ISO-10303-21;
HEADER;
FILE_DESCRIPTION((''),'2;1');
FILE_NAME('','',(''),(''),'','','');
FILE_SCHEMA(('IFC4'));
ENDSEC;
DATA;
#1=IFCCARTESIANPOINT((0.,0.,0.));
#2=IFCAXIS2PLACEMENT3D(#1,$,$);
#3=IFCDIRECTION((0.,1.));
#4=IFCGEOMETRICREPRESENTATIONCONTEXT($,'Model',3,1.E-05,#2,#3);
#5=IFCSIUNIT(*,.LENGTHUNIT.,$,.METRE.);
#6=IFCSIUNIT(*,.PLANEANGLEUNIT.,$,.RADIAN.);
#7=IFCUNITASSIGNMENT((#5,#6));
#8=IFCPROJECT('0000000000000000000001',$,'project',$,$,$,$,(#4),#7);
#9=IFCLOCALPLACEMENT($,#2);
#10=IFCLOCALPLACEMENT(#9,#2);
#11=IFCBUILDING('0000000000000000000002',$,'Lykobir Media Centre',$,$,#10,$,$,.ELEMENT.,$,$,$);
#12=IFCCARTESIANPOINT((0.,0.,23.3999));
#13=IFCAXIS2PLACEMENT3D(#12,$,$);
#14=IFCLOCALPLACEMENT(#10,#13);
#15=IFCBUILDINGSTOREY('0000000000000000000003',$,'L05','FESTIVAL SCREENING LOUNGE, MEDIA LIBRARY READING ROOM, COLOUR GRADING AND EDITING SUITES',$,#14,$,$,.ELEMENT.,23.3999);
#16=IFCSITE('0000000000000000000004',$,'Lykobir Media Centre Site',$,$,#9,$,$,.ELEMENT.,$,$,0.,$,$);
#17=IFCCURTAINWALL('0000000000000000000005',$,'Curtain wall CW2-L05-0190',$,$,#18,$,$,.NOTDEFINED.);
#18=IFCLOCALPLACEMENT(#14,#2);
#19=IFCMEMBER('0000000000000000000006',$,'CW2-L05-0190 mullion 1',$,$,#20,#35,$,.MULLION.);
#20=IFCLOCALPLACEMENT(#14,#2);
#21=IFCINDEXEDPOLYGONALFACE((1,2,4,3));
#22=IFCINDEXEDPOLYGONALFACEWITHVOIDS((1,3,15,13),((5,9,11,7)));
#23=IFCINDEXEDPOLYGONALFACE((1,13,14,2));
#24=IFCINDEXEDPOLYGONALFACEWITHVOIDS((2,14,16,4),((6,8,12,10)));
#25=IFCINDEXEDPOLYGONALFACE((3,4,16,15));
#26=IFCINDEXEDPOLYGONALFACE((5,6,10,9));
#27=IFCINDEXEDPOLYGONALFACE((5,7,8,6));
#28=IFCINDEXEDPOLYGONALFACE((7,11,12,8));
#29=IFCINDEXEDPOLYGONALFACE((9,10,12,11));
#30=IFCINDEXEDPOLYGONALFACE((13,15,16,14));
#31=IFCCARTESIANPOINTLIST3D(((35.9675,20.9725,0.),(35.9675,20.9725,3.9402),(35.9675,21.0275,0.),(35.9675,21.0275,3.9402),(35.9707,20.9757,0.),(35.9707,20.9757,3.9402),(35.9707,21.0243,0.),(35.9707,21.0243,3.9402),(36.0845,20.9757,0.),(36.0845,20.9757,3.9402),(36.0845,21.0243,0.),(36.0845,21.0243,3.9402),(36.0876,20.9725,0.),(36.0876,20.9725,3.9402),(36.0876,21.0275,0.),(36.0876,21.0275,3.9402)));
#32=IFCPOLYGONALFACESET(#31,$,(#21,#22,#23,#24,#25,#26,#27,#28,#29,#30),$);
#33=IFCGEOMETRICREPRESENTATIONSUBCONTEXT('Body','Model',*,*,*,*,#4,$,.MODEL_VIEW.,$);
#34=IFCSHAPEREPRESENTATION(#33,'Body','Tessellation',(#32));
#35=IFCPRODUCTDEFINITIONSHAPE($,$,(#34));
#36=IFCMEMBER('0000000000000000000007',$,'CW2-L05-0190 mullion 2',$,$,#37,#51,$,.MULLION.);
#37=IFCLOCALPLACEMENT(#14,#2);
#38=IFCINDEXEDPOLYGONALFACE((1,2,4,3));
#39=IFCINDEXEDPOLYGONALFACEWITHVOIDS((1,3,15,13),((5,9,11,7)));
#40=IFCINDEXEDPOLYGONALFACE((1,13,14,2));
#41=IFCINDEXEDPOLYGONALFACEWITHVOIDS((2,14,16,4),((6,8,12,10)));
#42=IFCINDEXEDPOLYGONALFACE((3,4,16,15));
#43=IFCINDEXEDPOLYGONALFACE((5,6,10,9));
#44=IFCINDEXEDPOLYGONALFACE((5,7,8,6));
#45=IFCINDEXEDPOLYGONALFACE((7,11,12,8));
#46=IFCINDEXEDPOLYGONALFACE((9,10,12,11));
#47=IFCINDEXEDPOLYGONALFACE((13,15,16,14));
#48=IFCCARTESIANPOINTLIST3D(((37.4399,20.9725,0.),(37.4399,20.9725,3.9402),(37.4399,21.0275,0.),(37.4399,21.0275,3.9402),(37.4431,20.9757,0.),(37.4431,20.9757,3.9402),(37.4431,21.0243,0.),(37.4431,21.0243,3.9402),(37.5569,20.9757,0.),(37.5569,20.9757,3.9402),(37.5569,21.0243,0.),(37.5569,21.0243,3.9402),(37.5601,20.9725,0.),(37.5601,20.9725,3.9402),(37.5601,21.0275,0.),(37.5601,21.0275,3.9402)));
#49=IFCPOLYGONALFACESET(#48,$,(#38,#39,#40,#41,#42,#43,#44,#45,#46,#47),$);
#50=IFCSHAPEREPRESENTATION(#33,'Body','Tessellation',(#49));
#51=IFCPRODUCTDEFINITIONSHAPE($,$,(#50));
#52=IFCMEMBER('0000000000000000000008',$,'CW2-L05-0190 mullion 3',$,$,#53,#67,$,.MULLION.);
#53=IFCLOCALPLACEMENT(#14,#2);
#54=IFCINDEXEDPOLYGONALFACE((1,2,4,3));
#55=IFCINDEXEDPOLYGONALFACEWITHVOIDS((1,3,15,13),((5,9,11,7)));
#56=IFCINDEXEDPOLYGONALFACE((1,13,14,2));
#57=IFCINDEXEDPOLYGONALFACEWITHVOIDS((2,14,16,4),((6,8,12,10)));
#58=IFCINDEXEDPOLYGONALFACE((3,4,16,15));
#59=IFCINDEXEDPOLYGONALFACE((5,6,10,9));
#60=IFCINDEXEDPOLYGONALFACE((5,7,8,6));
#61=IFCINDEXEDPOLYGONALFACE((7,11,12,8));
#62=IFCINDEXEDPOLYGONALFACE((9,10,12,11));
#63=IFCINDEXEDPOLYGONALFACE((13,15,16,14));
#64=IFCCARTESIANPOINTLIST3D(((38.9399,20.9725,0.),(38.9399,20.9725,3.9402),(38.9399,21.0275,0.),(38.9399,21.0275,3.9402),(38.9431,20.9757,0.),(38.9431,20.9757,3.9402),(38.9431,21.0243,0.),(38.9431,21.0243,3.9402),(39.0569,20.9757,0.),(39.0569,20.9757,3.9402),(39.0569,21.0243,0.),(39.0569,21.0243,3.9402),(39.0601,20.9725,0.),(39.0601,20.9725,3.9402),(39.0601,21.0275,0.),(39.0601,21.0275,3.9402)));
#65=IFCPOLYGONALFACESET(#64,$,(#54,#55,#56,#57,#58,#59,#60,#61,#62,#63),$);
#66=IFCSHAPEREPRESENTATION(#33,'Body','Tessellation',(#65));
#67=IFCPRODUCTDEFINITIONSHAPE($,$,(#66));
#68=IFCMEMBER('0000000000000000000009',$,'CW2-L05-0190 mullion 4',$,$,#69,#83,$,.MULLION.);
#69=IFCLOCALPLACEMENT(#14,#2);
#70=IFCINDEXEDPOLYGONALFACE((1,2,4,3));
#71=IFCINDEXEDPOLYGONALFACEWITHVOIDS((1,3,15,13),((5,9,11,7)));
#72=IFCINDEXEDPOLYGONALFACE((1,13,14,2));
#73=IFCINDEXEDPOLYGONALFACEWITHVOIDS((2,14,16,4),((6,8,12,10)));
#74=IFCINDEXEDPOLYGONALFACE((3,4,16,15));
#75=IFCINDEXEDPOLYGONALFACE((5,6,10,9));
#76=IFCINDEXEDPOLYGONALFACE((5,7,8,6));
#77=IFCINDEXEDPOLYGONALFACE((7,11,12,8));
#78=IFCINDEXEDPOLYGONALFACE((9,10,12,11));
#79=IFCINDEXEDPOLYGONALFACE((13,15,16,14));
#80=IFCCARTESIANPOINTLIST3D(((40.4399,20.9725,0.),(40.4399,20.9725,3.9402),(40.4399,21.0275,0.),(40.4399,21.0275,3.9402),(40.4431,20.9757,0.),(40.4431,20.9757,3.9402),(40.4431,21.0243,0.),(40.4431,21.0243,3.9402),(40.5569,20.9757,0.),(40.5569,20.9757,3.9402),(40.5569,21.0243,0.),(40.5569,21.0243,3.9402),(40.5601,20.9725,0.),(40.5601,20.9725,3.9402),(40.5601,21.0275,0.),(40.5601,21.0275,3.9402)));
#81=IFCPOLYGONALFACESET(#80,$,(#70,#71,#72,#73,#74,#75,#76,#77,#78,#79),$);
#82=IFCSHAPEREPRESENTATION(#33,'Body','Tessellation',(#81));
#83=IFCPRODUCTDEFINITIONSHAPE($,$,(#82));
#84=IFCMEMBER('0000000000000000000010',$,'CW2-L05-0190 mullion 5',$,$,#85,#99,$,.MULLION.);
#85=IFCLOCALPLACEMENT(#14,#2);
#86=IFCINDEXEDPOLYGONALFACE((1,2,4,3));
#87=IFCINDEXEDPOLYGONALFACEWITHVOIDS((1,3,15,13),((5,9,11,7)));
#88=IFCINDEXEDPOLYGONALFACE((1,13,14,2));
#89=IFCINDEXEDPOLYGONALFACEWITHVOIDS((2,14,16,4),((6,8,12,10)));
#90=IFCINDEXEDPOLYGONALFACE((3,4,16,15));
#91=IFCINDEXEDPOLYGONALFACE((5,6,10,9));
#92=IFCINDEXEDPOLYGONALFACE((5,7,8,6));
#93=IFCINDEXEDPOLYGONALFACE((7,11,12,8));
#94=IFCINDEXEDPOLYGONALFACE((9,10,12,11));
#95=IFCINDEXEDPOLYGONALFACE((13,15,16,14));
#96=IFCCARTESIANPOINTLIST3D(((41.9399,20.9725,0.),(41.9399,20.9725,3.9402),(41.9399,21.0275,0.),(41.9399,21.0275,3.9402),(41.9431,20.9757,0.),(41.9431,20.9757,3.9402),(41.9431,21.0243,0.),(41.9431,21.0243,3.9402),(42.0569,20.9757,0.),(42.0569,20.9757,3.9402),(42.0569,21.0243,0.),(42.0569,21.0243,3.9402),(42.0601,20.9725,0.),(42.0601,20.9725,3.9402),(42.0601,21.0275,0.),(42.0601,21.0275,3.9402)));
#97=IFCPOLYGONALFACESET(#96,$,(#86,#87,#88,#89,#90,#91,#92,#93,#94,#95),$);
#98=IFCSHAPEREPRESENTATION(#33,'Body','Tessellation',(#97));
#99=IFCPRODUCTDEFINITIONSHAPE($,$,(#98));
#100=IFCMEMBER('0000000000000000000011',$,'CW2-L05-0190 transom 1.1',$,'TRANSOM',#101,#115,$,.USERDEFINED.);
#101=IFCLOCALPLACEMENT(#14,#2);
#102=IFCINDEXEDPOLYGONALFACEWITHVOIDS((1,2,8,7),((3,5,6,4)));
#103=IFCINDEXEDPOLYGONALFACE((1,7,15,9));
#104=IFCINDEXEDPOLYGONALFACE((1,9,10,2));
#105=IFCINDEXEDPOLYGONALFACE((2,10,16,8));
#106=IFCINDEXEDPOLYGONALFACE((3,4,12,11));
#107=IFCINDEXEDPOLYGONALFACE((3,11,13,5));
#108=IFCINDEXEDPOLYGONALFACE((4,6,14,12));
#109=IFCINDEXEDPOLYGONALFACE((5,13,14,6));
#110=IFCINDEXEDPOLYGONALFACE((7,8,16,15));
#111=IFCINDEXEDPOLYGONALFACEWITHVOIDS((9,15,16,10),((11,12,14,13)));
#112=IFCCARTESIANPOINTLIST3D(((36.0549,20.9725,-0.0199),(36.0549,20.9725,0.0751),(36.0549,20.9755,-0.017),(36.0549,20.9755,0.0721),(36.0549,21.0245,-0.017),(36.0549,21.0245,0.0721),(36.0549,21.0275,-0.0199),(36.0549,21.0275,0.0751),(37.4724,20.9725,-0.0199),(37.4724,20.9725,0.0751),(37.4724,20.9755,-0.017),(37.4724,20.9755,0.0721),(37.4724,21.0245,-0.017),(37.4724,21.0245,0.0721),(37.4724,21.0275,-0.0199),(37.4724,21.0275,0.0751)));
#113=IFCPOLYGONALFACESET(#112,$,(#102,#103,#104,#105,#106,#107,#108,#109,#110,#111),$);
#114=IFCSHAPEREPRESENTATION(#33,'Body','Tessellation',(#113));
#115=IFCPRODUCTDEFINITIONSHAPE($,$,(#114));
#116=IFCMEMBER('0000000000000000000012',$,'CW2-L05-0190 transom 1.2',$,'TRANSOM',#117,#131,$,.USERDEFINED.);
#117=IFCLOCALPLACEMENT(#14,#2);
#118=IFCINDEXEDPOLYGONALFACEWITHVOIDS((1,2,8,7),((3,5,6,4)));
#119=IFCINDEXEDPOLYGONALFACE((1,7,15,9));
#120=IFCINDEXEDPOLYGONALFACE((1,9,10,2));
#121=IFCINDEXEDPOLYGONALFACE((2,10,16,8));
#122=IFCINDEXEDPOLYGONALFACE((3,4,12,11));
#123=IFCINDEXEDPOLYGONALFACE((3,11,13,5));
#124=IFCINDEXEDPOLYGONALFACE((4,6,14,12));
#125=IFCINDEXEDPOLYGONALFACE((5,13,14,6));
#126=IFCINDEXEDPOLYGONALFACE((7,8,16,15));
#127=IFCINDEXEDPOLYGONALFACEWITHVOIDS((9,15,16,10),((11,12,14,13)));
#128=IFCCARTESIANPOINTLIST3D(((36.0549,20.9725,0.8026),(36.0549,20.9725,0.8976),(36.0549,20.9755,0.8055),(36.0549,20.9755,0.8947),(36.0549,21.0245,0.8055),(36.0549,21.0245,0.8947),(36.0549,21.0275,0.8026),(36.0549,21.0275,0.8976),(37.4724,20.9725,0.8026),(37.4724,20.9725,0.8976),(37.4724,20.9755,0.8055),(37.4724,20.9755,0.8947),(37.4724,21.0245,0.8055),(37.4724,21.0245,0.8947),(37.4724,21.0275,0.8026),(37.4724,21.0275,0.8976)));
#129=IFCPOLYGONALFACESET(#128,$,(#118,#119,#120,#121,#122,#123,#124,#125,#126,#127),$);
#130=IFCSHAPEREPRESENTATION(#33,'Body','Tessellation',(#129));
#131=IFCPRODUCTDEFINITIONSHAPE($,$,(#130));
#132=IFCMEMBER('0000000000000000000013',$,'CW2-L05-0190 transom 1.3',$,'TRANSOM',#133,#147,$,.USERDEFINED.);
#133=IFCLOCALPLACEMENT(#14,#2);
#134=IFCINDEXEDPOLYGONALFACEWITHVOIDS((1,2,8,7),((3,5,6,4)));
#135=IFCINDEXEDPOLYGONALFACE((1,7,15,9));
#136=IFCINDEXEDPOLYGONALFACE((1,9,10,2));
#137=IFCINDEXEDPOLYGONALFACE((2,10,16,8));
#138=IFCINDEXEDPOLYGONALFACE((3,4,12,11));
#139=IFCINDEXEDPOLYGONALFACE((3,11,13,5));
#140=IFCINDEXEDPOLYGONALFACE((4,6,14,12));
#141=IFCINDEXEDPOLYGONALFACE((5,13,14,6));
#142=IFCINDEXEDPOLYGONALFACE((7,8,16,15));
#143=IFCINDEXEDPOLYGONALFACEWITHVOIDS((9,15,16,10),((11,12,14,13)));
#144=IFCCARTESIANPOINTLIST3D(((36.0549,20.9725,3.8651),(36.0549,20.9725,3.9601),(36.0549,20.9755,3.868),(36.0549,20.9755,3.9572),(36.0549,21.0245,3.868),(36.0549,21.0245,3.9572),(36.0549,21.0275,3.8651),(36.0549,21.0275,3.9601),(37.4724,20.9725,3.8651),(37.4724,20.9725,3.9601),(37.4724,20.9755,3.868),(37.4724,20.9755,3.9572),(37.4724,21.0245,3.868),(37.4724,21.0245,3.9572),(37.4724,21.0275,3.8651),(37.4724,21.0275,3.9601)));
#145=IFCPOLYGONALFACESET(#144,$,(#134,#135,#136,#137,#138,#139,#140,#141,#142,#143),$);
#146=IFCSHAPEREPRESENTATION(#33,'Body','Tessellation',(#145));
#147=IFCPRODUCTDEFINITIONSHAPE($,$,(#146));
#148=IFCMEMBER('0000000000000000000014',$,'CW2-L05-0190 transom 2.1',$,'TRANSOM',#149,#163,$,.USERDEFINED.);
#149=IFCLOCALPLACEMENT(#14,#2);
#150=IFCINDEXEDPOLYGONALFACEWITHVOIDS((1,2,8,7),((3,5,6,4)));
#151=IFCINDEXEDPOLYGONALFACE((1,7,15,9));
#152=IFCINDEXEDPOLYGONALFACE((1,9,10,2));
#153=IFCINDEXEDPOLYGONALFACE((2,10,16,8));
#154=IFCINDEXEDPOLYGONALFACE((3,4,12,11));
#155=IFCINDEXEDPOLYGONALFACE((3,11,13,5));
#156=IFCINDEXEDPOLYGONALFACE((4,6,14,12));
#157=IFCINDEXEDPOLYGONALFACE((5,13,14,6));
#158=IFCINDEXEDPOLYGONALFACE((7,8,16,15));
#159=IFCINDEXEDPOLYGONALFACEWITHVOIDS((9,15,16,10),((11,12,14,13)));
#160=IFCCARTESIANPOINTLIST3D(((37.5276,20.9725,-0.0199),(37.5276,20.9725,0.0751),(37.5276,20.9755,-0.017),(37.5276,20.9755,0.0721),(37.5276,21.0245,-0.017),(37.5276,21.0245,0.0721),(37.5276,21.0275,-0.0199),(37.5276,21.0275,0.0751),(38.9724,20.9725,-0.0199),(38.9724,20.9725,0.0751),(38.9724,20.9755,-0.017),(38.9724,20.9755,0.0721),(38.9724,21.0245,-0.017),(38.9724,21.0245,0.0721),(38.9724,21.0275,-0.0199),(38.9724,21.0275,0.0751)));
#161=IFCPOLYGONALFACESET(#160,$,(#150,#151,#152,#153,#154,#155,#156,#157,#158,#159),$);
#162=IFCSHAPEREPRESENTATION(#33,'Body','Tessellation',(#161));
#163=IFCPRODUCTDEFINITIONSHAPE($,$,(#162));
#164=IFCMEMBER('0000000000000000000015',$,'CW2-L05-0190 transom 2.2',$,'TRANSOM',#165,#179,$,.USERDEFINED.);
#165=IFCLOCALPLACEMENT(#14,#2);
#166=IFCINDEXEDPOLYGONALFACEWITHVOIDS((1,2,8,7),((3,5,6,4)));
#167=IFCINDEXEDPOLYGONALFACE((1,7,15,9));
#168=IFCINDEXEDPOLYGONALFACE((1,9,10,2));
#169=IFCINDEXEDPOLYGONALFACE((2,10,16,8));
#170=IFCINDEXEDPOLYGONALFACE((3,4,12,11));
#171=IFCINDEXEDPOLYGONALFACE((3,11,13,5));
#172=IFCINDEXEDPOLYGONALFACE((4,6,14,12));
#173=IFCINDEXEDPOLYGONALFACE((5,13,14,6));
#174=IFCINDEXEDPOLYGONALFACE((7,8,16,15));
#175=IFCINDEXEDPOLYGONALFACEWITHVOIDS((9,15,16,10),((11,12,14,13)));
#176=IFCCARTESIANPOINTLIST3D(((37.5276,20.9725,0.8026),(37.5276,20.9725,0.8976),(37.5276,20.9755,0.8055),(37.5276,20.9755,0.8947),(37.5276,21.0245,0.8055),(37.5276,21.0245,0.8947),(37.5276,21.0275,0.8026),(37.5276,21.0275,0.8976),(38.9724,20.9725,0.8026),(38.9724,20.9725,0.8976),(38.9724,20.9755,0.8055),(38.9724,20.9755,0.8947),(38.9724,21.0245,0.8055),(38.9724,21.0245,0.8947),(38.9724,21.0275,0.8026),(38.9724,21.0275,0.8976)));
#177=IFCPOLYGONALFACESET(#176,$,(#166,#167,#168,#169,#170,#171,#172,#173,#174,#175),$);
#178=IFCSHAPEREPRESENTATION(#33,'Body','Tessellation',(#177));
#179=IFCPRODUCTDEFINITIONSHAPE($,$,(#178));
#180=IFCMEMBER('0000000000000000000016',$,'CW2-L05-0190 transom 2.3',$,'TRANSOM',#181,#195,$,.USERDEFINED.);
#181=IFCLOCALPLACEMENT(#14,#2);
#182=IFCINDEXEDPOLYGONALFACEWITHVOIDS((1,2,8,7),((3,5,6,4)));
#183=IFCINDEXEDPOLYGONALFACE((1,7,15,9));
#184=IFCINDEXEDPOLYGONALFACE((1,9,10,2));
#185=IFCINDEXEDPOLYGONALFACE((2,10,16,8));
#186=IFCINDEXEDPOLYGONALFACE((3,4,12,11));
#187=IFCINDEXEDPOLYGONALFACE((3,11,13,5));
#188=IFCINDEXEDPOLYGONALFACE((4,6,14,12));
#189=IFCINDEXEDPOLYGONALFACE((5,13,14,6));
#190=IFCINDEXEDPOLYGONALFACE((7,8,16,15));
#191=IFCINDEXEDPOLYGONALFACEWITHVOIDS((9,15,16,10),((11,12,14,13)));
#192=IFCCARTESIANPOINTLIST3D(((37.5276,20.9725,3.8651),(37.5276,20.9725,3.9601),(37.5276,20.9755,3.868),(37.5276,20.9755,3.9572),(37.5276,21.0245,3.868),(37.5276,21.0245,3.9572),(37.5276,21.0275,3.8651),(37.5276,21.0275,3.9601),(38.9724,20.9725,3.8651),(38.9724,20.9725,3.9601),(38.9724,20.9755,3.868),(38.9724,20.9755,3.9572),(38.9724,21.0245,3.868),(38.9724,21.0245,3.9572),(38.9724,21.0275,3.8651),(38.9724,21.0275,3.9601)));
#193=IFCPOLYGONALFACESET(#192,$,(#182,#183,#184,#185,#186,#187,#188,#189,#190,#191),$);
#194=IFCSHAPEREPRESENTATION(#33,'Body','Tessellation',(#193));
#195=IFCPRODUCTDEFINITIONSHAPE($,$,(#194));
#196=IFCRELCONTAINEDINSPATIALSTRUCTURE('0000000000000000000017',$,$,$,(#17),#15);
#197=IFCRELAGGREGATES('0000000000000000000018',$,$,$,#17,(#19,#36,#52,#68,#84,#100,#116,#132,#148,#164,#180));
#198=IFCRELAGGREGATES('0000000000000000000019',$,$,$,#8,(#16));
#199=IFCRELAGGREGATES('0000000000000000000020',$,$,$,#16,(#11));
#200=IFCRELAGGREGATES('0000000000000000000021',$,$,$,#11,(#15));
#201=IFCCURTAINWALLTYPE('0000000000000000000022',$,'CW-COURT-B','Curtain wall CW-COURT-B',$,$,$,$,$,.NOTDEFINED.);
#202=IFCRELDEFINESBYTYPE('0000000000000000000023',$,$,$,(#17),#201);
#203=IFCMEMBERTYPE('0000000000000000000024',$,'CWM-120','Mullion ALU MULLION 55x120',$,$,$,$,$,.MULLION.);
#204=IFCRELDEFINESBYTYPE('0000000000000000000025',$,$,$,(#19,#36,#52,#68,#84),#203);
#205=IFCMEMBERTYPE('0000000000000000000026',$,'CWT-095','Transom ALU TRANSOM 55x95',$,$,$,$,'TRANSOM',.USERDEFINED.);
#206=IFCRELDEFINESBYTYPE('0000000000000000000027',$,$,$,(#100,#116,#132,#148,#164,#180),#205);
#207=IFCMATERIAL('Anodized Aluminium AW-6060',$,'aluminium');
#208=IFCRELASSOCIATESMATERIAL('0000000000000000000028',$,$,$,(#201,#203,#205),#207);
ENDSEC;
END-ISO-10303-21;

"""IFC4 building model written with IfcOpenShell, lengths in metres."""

from ifc_helpers import new_model, si_unit, direction, frame, origin, origin_2d, place, context, subcontext, project, spatial, hollow_rectangle, extrude, material, material_profile, profile_set, type_object, element, aggregate, save


model = new_model("IFC4")

# Units and contexts
model_context = context("Model", 3, precision=1e-05, world=origin(), true_north=direction((0.0, 1.0)))
body_context = subcontext(model_context, "Body", "Model", "MODEL_VIEW")
ifc_project = project(units=[si_unit("LENGTHUNIT", "METRE"), si_unit("PLANEANGLEUNIT", "RADIAN")], contexts=[model_context])

# Site, building, storey
site_placement = place(None, origin())
site = spatial("IfcSite", under=ifc_project, at=site_placement, Name="Lykobir Media Centre Site", CompositionType="ELEMENT", RefElevation=0.0)
building_placement = place(site_placement, origin())
building = spatial("IfcBuilding", under=site, at=building_placement, Name="Lykobir Media Centre", CompositionType="ELEMENT")
storey_placement = place(building_placement, frame((0.0, 0.0, 23.3999)))
storey = spatial("IfcBuildingStorey", under=building, at=storey_placement, Name="L05", Description="FESTIVAL SCREENING LOUNGE, MEDIA LIBRARY READING ROOM, COLOUR GRADING AND EDITING SUITES", CompositionType="ELEMENT", Elevation=23.3999)

# Curtain wall, members
ifc_material_1 = material(Name="Anodized Aluminium AW-6060", Category="aluminium")
curtain_wall_type = type_object("IfcCurtainWallType", Name="CW-COURT-B", Description="Curtain wall CW-COURT-B", PredefinedType="NOTDEFINED", material=ifc_material_1)
curtain_wall_placement = place(storey_placement, origin())
curtain_wall = element("IfcCurtainWall", 1, at=curtain_wall_placement, inside=storey, type_object=curtain_wall_type, Name="Curtain wall CW2-L05-0190", PredefinedType="NOTDEFINED")
ifc_material_profile_1 = material_profile(ifc_material_1, hollow_rectangle(XDim=0.0549, YDim=0.1201, WallThickness=0.0032, at=origin_2d()), Name="ALU MULLION 55x120")
ifc_profile_set_1 = profile_set([ifc_material_profile_1], Name="Anodized Aluminium AW-6060")
member_type_1 = type_object("IfcMemberType", Name="CWM-120", Description="Mullion ALU MULLION 55x120", PredefinedType="MULLION", material=ifc_profile_set_1)
member_1_placement = place(storey_placement, frame((36.0276, 21.0, 0.0), z_axis=(0.0, 0.0, 1.0), x_axis=(0.0, 1.0, 0.0)))
member_1 = element("IfcMember", 2, at=member_1_placement, type_object=member_type_1, Name="CW2-L05-0190 mullion 1", PredefinedType="MULLION", context=body_context, shape_type="SweptSolid", body=[
    extrude(hollow_rectangle(XDim=0.0549, YDim=0.1201, WallThickness=0.0032, at=origin_2d()), origin(), (0.0, 0.0, 1.0), 3.9402),
])
member_2_placement = place(storey_placement, frame((37.5, 21.0, 0.0), z_axis=(0.0, 0.0, 1.0), x_axis=(0.0, 1.0, 0.0)))
member_2 = element("IfcMember", 3, at=member_2_placement, type_object=member_type_1, Name="CW2-L05-0190 mullion 2", PredefinedType="MULLION", context=body_context, shape_type="SweptSolid", body=[
    extrude(hollow_rectangle(XDim=0.0549, YDim=0.1201, WallThickness=0.0032, at=origin_2d()), origin(), (0.0, 0.0, 1.0), 3.9402),
])
member_3_placement = place(storey_placement, frame((39.0, 21.0, 0.0), z_axis=(0.0, 0.0, 1.0), x_axis=(0.0, 1.0, 0.0)))
member_3 = element("IfcMember", 4, at=member_3_placement, type_object=member_type_1, Name="CW2-L05-0190 mullion 3", PredefinedType="MULLION", context=body_context, shape_type="SweptSolid", body=[
    extrude(hollow_rectangle(XDim=0.0549, YDim=0.1201, WallThickness=0.0032, at=origin_2d()), origin(), (0.0, 0.0, 1.0), 3.9402),
])
member_4_placement = place(storey_placement, frame((40.5, 21.0, 0.0), z_axis=(0.0, 0.0, 1.0), x_axis=(0.0, 1.0, 0.0)))
member_4 = element("IfcMember", 5, at=member_4_placement, type_object=member_type_1, Name="CW2-L05-0190 mullion 4", PredefinedType="MULLION", context=body_context, shape_type="SweptSolid", body=[
    extrude(hollow_rectangle(XDim=0.0549, YDim=0.1201, WallThickness=0.0032, at=origin_2d()), origin(), (0.0, 0.0, 1.0), 3.9402),
])
member_5_placement = place(storey_placement, frame((42.0, 21.0, 0.0), z_axis=(0.0, 0.0, 1.0), x_axis=(0.0, 1.0, 0.0)))
member_5 = element("IfcMember", 6, at=member_5_placement, type_object=member_type_1, Name="CW2-L05-0190 mullion 5", PredefinedType="MULLION", context=body_context, shape_type="SweptSolid", body=[
    extrude(hollow_rectangle(XDim=0.0549, YDim=0.1201, WallThickness=0.0032, at=origin_2d()), origin(), (0.0, 0.0, 1.0), 3.9402),
])
ifc_material_profile_2 = material_profile(ifc_material_1, hollow_rectangle(XDim=0.0549, YDim=0.095, WallThickness=0.0029, at=origin_2d()), Name="ALU TRANSOM 55x95")
ifc_profile_set_2 = profile_set([ifc_material_profile_2], Name="Anodized Aluminium AW-6060")
member_type_2 = type_object("IfcMemberType", Name="CWT-095", Description="Transom ALU TRANSOM 55x95", ElementType="TRANSOM", PredefinedType="USERDEFINED", material=ifc_profile_set_2)
member_6_placement = place(storey_placement, frame((36.0549, 21.0, 0.0276), z_axis=(1.0, 0.0, 0.0), x_axis=(0.0, 1.0, 0.0)))
member_6 = element("IfcMember", 7, at=member_6_placement, type_object=member_type_2, Name="CW2-L05-0190 transom 1.1", ObjectType="TRANSOM", PredefinedType="USERDEFINED", context=body_context, shape_type="SweptSolid", body=[
    extrude(hollow_rectangle(XDim=0.0549, YDim=0.095, WallThickness=0.0029, at=origin_2d()), origin(), (0.0, 0.0, 1.0), 1.4175),
])
member_7_placement = place(storey_placement, frame((36.0549, 21.0, 0.8501), z_axis=(1.0, 0.0, 0.0), x_axis=(0.0, 1.0, 0.0)))
member_7 = element("IfcMember", 8, at=member_7_placement, type_object=member_type_2, Name="CW2-L05-0190 transom 1.2", ObjectType="TRANSOM", PredefinedType="USERDEFINED", context=body_context, shape_type="SweptSolid", body=[
    extrude(hollow_rectangle(XDim=0.0549, YDim=0.095, WallThickness=0.0029, at=origin_2d()), origin(), (0.0, 0.0, 1.0), 1.4175),
])
member_8_placement = place(storey_placement, frame((36.0549, 21.0, 3.9126), z_axis=(1.0, 0.0, 0.0), x_axis=(0.0, 1.0, 0.0)))
member_8 = element("IfcMember", 9, at=member_8_placement, type_object=member_type_2, Name="CW2-L05-0190 transom 1.3", ObjectType="TRANSOM", PredefinedType="USERDEFINED", context=body_context, shape_type="SweptSolid", body=[
    extrude(hollow_rectangle(XDim=0.0549, YDim=0.095, WallThickness=0.0029, at=origin_2d()), origin(), (0.0, 0.0, 1.0), 1.4175),
])
member_9_placement = place(storey_placement, frame((37.5276, 21.0, 0.0276), z_axis=(1.0, 0.0, 0.0), x_axis=(0.0, 1.0, 0.0)))
member_9 = element("IfcMember", 10, at=member_9_placement, type_object=member_type_2, Name="CW2-L05-0190 transom 2.1", ObjectType="TRANSOM", PredefinedType="USERDEFINED", context=body_context, shape_type="SweptSolid", body=[
    extrude(hollow_rectangle(XDim=0.0549, YDim=0.095, WallThickness=0.0029, at=origin_2d()), origin(), (0.0, 0.0, 1.0), 1.4448),
])
member_10_placement = place(storey_placement, frame((37.5276, 21.0, 0.8501), z_axis=(1.0, 0.0, 0.0), x_axis=(0.0, 1.0, 0.0)))
member_10 = element("IfcMember", 11, at=member_10_placement, type_object=member_type_2, Name="CW2-L05-0190 transom 2.2", ObjectType="TRANSOM", PredefinedType="USERDEFINED", context=body_context, shape_type="SweptSolid", body=[
    extrude(hollow_rectangle(XDim=0.0549, YDim=0.095, WallThickness=0.0029, at=origin_2d()), origin(), (0.0, 0.0, 1.0), 1.4448),
])
member_11_placement = place(storey_placement, frame((37.5276, 21.0, 3.9126), z_axis=(1.0, 0.0, 0.0), x_axis=(0.0, 1.0, 0.0)))
member_11 = element("IfcMember", 12, at=member_11_placement, type_object=member_type_2, Name="CW2-L05-0190 transom 2.3", ObjectType="TRANSOM", PredefinedType="USERDEFINED", context=body_context, shape_type="SweptSolid", body=[
    extrude(hollow_rectangle(XDim=0.0549, YDim=0.095, WallThickness=0.0029, at=origin_2d()), origin(), (0.0, 0.0, 1.0), 1.4448),
])
aggregate(curtain_wall, [member_1, member_2, member_3, member_4, member_5, member_6, member_7, member_8, member_9, member_10, member_11])

save(model, "model.ifc")
